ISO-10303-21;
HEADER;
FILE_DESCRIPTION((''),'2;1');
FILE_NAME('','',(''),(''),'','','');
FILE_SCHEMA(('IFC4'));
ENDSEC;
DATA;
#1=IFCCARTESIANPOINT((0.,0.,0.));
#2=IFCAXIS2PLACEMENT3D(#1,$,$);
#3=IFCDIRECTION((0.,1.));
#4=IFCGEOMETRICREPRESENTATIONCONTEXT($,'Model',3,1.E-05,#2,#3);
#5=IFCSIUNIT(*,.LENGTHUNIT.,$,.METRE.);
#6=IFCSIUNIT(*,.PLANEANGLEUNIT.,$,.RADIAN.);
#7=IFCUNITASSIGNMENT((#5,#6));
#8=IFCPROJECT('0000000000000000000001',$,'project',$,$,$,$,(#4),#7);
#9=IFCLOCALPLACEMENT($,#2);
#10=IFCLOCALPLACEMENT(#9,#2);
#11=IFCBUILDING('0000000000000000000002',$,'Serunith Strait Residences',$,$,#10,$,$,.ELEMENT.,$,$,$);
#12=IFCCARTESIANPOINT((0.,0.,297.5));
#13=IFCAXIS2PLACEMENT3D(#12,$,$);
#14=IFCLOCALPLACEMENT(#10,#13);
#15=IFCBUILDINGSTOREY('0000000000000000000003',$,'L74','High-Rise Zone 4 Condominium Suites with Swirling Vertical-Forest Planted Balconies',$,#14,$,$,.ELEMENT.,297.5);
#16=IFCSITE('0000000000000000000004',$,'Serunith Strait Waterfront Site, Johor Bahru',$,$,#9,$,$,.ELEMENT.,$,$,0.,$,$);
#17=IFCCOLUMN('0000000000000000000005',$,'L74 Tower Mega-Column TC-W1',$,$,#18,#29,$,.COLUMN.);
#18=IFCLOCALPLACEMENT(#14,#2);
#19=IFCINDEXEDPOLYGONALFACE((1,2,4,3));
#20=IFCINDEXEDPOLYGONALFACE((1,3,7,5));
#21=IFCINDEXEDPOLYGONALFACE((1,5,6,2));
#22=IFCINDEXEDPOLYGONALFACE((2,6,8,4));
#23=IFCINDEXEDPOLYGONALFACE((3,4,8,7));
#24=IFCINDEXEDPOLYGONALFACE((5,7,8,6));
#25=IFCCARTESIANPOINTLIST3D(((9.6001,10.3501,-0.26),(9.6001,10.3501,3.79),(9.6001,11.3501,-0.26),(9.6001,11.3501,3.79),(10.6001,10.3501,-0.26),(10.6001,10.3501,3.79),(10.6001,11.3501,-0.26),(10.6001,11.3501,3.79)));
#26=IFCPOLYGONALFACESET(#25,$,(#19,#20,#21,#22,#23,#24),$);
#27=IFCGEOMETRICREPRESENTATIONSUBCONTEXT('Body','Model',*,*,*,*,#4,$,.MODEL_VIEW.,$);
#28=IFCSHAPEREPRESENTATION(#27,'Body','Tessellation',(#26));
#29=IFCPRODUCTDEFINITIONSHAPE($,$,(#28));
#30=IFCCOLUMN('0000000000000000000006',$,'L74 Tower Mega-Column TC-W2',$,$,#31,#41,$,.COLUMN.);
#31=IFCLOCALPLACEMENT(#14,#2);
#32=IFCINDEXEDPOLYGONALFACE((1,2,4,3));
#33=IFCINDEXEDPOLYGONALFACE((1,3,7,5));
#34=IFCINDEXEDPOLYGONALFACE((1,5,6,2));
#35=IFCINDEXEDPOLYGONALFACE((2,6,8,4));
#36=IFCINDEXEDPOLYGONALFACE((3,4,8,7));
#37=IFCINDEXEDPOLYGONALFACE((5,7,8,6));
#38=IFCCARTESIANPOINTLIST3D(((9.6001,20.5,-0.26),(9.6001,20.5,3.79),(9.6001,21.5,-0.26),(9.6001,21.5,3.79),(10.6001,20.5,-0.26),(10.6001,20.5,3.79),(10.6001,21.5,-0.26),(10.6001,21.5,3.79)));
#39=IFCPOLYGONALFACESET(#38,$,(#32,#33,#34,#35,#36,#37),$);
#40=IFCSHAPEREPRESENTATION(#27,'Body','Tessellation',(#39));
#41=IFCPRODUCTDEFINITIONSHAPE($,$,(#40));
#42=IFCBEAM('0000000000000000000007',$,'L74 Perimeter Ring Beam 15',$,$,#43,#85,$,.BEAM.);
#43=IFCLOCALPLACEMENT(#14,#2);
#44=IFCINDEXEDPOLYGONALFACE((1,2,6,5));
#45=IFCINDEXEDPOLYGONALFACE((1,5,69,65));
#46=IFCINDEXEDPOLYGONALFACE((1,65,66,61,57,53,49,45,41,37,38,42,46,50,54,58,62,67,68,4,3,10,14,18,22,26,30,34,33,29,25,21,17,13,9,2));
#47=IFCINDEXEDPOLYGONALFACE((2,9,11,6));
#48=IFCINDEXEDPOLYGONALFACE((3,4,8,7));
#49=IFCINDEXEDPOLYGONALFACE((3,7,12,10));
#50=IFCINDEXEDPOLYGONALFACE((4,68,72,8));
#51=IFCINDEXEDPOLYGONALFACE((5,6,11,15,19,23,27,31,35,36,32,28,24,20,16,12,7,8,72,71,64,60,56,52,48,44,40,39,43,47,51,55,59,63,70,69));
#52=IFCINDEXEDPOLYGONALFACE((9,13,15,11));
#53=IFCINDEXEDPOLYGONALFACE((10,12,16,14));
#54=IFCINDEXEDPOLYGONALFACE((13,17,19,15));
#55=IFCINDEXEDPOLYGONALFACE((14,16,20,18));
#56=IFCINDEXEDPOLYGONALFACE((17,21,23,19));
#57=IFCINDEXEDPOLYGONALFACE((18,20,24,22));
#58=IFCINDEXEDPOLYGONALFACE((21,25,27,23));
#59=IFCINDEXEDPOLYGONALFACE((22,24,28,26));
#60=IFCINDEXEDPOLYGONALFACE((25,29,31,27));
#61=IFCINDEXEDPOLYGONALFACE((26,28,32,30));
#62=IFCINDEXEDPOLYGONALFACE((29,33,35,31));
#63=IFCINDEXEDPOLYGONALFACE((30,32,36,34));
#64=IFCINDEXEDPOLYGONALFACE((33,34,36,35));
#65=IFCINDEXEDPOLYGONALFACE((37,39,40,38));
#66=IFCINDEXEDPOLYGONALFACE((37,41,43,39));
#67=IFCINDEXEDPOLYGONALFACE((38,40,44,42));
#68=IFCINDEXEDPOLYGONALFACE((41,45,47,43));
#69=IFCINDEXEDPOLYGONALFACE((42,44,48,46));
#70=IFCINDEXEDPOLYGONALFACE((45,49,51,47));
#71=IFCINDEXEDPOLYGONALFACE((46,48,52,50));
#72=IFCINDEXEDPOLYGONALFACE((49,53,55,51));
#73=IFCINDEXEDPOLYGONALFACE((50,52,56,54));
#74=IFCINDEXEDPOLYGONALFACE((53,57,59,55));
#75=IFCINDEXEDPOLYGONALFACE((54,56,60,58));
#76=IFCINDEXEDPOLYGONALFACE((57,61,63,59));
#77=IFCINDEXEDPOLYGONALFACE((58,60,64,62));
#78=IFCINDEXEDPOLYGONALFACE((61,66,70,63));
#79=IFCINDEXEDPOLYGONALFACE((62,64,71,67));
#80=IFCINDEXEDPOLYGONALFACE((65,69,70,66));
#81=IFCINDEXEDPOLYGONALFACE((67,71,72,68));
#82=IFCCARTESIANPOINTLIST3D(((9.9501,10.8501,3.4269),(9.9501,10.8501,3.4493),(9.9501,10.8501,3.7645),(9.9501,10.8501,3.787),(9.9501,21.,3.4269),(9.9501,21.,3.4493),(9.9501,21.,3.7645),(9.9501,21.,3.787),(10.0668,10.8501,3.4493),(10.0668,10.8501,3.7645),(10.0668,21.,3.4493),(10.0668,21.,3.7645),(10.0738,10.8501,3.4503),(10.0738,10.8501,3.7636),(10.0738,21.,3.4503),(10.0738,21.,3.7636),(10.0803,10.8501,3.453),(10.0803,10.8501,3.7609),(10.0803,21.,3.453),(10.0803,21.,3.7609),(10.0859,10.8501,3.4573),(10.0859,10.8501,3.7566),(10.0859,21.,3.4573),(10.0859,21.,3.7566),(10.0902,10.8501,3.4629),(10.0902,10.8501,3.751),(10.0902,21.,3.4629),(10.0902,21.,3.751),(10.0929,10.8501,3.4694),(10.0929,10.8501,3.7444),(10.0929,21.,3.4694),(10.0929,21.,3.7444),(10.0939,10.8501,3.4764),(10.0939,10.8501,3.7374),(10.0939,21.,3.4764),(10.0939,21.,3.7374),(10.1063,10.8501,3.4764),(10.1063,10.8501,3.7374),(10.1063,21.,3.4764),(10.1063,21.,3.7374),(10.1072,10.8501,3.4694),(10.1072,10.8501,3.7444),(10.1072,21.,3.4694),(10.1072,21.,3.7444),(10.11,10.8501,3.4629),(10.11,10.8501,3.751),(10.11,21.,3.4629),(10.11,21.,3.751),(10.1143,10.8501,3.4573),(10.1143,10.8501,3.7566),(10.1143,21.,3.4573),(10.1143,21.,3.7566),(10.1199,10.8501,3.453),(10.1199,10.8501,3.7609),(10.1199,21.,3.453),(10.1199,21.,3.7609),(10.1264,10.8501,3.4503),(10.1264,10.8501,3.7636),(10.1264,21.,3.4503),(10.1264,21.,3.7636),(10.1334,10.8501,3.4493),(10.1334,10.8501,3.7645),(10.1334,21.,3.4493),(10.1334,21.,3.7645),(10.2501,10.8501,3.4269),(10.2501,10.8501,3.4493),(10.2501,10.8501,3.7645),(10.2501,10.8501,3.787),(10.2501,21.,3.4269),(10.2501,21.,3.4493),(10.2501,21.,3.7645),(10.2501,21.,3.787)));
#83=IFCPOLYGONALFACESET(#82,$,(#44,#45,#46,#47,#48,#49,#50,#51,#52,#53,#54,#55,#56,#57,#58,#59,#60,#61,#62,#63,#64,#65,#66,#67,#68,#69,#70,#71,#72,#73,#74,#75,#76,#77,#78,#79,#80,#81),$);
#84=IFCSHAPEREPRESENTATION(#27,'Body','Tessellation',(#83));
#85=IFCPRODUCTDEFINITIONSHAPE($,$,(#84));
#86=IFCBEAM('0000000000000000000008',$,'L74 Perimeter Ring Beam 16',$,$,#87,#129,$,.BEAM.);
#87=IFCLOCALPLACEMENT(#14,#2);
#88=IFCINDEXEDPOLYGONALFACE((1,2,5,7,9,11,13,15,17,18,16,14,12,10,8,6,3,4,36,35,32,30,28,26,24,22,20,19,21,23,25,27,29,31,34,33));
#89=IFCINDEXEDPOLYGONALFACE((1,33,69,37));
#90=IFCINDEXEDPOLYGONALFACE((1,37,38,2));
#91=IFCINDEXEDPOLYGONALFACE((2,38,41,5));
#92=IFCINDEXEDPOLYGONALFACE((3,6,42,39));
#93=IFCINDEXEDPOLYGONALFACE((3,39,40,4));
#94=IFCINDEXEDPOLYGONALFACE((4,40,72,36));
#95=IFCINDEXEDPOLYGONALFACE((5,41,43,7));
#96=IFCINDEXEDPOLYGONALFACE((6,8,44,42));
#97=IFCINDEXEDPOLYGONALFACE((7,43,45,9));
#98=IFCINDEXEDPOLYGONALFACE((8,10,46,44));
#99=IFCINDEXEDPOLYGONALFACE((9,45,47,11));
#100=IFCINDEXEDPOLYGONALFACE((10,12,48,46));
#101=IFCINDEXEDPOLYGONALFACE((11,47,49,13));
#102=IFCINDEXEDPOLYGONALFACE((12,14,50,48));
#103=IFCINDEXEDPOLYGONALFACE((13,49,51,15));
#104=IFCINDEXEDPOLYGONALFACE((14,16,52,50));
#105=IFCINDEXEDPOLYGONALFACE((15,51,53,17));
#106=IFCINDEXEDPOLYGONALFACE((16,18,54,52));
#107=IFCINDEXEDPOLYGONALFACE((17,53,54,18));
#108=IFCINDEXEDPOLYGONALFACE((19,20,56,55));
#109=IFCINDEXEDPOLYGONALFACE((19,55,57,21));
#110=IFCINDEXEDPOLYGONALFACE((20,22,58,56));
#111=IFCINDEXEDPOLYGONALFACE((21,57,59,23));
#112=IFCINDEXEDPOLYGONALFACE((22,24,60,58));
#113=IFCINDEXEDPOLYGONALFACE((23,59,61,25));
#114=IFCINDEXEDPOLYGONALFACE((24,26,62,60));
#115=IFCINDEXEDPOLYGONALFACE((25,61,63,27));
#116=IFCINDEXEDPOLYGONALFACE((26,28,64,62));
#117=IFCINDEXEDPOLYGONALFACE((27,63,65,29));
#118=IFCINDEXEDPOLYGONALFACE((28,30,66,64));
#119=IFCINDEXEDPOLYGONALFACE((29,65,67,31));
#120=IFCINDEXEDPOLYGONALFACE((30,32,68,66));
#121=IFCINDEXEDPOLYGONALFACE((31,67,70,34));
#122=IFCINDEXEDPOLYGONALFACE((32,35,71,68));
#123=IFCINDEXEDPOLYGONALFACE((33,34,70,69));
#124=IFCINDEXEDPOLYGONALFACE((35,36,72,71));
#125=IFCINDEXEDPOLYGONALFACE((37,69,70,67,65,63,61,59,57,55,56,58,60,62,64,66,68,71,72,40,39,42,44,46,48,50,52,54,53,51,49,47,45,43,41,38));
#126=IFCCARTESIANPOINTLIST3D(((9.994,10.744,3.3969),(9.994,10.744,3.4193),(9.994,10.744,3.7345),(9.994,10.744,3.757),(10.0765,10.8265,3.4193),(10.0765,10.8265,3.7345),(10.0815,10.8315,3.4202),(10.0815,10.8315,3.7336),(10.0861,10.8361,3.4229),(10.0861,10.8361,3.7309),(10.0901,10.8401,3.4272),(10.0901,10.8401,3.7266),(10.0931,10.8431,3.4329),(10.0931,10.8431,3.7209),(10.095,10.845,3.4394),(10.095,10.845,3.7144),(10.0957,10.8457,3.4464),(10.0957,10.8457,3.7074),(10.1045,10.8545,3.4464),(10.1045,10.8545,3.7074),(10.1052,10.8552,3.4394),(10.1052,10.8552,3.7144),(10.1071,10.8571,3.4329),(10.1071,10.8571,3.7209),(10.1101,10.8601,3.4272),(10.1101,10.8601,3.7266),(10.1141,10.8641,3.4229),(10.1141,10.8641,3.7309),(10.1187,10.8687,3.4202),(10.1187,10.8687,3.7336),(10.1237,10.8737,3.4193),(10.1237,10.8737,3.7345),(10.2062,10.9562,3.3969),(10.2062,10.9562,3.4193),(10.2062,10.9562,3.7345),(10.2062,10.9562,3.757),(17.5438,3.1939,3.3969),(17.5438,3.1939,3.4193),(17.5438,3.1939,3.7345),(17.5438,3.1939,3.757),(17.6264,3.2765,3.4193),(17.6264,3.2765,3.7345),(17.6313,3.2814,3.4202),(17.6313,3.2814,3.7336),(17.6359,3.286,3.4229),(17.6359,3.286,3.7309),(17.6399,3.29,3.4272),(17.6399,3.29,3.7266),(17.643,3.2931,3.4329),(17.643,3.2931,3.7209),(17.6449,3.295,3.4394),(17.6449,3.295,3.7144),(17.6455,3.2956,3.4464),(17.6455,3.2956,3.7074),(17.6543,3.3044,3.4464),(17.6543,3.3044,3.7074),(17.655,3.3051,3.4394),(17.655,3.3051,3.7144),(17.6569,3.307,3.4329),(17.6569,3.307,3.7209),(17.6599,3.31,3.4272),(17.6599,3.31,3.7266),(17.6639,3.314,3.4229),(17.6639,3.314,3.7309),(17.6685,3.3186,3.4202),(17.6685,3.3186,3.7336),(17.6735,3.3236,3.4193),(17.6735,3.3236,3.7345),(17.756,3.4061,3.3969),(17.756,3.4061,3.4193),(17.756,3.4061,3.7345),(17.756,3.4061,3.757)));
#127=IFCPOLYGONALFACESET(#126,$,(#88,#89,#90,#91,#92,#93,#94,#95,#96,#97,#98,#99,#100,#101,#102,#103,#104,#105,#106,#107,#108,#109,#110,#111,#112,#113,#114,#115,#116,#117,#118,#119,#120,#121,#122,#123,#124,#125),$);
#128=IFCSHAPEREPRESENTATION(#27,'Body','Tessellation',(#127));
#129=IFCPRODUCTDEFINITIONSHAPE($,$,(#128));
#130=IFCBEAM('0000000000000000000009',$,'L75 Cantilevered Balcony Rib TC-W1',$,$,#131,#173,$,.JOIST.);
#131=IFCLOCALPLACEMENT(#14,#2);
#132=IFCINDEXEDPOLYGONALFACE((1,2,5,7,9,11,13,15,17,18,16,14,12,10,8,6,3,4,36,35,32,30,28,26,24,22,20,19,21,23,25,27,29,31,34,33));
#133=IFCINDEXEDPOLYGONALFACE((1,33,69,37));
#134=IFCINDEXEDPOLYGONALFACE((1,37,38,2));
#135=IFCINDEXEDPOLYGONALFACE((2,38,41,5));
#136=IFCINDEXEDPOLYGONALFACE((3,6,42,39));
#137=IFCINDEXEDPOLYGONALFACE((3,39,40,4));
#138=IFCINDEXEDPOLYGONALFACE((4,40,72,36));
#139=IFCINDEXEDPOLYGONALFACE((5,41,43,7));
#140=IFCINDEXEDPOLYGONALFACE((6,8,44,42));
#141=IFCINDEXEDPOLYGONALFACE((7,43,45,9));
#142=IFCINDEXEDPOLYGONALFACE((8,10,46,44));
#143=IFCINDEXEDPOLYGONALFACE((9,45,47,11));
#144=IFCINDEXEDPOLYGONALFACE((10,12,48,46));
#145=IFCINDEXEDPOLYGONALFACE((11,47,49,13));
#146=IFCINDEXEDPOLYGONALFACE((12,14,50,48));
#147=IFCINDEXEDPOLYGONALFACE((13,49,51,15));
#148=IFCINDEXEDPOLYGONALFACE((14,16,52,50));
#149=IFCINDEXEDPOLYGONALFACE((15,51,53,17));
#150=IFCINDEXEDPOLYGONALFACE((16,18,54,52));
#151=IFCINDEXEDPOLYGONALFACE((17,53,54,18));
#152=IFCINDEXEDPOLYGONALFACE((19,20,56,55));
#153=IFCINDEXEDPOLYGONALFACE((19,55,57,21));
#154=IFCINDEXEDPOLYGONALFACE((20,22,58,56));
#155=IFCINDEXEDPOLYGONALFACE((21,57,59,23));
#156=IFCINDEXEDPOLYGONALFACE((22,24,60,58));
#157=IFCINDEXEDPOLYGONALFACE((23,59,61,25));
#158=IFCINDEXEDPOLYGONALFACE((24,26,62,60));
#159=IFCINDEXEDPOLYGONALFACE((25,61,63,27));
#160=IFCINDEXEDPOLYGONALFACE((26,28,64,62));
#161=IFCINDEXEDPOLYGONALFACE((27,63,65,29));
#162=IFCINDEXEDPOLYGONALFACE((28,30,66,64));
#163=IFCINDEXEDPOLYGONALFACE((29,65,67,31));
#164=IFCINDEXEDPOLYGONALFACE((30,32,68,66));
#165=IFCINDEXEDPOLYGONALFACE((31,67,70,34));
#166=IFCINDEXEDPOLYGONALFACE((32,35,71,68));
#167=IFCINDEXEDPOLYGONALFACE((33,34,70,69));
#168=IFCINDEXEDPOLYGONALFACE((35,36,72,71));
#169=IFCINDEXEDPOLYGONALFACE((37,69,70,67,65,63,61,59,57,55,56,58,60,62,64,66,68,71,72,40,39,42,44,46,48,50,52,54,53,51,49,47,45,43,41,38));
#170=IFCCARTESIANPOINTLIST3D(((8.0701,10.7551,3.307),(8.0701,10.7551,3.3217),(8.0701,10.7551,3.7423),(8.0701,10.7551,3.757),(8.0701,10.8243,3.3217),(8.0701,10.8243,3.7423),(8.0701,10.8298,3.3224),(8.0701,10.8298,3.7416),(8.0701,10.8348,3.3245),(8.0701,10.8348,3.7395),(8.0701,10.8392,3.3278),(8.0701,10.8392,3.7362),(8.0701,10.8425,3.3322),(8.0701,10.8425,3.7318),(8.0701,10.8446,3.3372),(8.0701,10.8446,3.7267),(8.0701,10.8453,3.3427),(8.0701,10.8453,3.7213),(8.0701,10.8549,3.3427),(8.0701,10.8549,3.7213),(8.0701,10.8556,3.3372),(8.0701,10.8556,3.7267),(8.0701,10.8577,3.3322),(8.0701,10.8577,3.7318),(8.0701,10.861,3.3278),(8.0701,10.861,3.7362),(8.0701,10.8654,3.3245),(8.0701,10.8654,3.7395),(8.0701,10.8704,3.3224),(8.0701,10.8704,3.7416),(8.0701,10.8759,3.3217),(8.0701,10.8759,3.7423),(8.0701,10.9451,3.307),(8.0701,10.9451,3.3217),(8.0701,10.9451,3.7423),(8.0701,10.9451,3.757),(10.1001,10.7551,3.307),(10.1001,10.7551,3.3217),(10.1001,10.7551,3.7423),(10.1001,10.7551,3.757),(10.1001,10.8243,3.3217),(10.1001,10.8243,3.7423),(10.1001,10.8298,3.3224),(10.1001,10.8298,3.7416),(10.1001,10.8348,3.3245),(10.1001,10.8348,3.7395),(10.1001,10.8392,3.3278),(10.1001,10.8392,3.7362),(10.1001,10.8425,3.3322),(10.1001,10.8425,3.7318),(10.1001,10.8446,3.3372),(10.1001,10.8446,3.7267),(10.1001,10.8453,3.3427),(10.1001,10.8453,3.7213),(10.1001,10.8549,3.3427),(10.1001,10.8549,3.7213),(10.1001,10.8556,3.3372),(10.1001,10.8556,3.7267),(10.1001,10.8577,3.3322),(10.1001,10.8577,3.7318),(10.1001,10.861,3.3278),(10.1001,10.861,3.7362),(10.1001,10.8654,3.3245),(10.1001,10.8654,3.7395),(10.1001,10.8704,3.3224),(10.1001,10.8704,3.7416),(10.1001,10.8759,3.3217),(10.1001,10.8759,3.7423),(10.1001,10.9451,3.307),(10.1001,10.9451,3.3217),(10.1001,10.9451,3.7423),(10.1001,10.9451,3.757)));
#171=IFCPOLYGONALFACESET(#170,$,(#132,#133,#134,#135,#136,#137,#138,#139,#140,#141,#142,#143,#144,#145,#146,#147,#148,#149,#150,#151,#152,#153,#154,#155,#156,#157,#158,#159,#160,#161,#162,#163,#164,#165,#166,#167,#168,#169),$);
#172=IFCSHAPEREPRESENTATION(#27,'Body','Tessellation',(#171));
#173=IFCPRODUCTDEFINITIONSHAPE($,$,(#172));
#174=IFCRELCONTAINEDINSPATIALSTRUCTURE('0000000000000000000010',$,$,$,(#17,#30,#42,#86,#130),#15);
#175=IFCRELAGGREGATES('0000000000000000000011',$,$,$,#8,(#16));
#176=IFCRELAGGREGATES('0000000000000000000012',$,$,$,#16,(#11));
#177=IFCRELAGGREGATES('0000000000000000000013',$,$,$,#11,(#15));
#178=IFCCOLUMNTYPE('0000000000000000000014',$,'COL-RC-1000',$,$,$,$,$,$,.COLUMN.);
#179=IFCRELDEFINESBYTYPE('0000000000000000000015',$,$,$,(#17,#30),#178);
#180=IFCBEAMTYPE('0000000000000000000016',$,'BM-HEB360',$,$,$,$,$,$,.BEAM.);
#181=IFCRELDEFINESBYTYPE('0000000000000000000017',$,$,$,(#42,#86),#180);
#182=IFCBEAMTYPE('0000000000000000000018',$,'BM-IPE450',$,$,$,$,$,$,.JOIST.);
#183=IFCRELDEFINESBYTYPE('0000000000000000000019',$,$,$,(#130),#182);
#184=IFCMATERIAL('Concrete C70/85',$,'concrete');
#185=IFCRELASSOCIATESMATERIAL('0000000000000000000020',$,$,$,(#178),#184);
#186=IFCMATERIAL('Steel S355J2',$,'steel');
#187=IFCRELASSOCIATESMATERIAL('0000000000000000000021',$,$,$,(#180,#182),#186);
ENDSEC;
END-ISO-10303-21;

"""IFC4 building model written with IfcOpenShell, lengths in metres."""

from ifc_helpers import new_model, si_unit, direction, frame, origin, origin_2d, place, context, subcontext, project, spatial, rectangle, i_section, extrude, source, transform, mapped, material, material_profile, profile_set, type_object, element, save


model = new_model("IFC4")

# Units and contexts
model_context = context("Model", 3, precision=1e-05, world=origin(), true_north=direction((0.0, 1.0)))
body_context = subcontext(model_context, "Body", "Model", "MODEL_VIEW")
ifc_project = project(units=[si_unit("LENGTHUNIT", "METRE"), si_unit("PLANEANGLEUNIT", "RADIAN")], contexts=[model_context])

# Site, building, storey
site_placement = place(None, origin())
site = spatial("IfcSite", under=ifc_project, at=site_placement, Name="Serunith Strait Waterfront Site, Johor Bahru", CompositionType="ELEMENT", RefElevation=0.0)
building_placement = place(site_placement, origin())
building = spatial("IfcBuilding", under=site, at=building_placement, Name="Serunith Strait Residences", CompositionType="ELEMENT")
storey_placement = place(building_placement, frame((0.0, 0.0, 297.5)))
storey = spatial("IfcBuildingStorey", under=building, at=storey_placement, Name="L74", Description="High-Rise Zone 4 Condominium Suites with Swirling Vertical-Forest Planted Balconies", CompositionType="ELEMENT", Elevation=297.5)

# Columns
ifc_material_1 = material(Name="Concrete C70/85", Category="concrete")
ifc_material_profile_1 = material_profile(ifc_material_1, rectangle(XDim=1.0, YDim=1.0, at=origin_2d()), Name="RC 1000x1000")
ifc_profile_set_1 = profile_set([ifc_material_profile_1], Name="Concrete C70/85")
column_type = type_object("IfcColumnType", Name="COL-RC-1000", PredefinedType="COLUMN", material=ifc_profile_set_1)
shared_shape_1 = source(origin(), body_context, "Body", "SweptSolid", [
    extrude(rectangle(XDim=1.0, YDim=1.0, at=origin_2d()), origin(), (0.0, 0.0, 1.0), 4.05),
])
for number, where, z_axis, x_axis, name in (
    (1, (10.1001, 10.8501, -0.26), (0.0, 0.0, 1.0), (1.0, 0.0, 0.0), "L74 Tower Mega-Column TC-W1"),
    (2, (10.1001, 21.0, -0.26), (0.0, 0.0, 1.0), (1.0, 0.0, 0.0), "L74 Tower Mega-Column TC-W2"),
):
    element("IfcColumn", number, at=place(storey_placement, frame(where, z_axis=z_axis, x_axis=x_axis)), inside=storey, type_object=column_type, Name=name, PredefinedType="COLUMN", context=body_context, shape_type="MappedRepresentation", body=[
        mapped(shared_shape_1, transform((0.0, 0.0, 0.0), scale=1.0)),
    ])

# Beams
ifc_material_2 = material(Name="Steel S355J2", Category="steel")
ifc_material_profile_2 = material_profile(ifc_material_2, i_section(OverallWidth=0.3, OverallDepth=0.3601, WebThickness=0.0125, FlangeThickness=0.0225, FilletRadius=0.0271, at=origin_2d()), Name="HEB 360")
ifc_profile_set_2 = profile_set([ifc_material_profile_2], Name="Steel S355J2")
beam_type_1 = type_object("IfcBeamType", Name="BM-HEB360", PredefinedType="BEAM", material=ifc_profile_set_2)
shared_shape_2 = source(origin(), body_context, "Body", "SweptSolid", [
    extrude(i_section(OverallWidth=0.3, OverallDepth=0.3601, WebThickness=0.0125, FlangeThickness=0.0225, FilletRadius=0.0271, at=origin_2d()), origin(), (0.0, 0.0, 1.0), 10.1499),
])
beam_1_placement = place(storey_placement, frame((10.1001, 21.0, 3.6069), z_axis=(0.0, -1.0, 0.0), x_axis=(1.0, 0.0, 0.0)))
element("IfcBeam", 3, at=beam_1_placement, inside=storey, type_object=beam_type_1, Name="L74 Perimeter Ring Beam 15", PredefinedType="BEAM", context=body_context, shape_type="MappedRepresentation", body=[
    mapped(shared_shape_2, transform((0.0, 0.0, 0.0), scale=1.0)),
])
shared_shape_3 = source(origin(), body_context, "Body", "SweptSolid", [
    extrude(i_section(OverallWidth=0.3, OverallDepth=0.3601, WebThickness=0.0125, FlangeThickness=0.0225, FilletRadius=0.0271, at=origin_2d()), origin(), (0.0, 0.0, 1.0), 10.6772),
])
beam_2_placement = place(storey_placement, frame((10.1001, 10.8501, 3.5769), z_axis=(0.707095, -0.707118, 0.0), x_axis=(0.707118, 0.707095, 0.0)))
element("IfcBeam", 4, at=beam_2_placement, inside=storey, type_object=beam_type_1, Name="L74 Perimeter Ring Beam 16", PredefinedType="BEAM", context=body_context, shape_type="MappedRepresentation", body=[
    mapped(shared_shape_3, transform((0.0, 0.0, 0.0), scale=1.0)),
])
ifc_material_profile_3 = material_profile(ifc_material_2, i_section(OverallWidth=0.1899, OverallDepth=0.45, WebThickness=0.0095, FlangeThickness=0.0146, FilletRadius=0.021, at=origin_2d()), Name="IPE 450")
ifc_profile_set_3 = profile_set([ifc_material_profile_3], Name="Steel S355J2")
beam_type_2 = type_object("IfcBeamType", Name="BM-IPE450", PredefinedType="JOIST", material=ifc_profile_set_3)
shared_shape_4 = source(origin(), body_context, "Body", "SweptSolid", [
    extrude(i_section(OverallWidth=0.1899, OverallDepth=0.45, WebThickness=0.0095, FlangeThickness=0.0146, FilletRadius=0.021, at=origin_2d()), origin(), (0.0, 0.0, 1.0), 2.03),
])
for number, where, z_axis, x_axis, name in (
    (5, (10.1001, 10.8501, 3.532), (-1.0, 0.0, 0.0), (0.0, -1.0, 0.0), "L75 Cantilevered Balcony Rib TC-W1"),
):
    element("IfcBeam", number, at=place(storey_placement, frame(where, z_axis=z_axis, x_axis=x_axis)), inside=storey, type_object=beam_type_2, Name=name, PredefinedType="JOIST", context=body_context, shape_type="MappedRepresentation", body=[
        mapped(shared_shape_4, transform((0.0, 0.0, 0.0), scale=1.0)),
    ])

save(model, "model.ifc")
